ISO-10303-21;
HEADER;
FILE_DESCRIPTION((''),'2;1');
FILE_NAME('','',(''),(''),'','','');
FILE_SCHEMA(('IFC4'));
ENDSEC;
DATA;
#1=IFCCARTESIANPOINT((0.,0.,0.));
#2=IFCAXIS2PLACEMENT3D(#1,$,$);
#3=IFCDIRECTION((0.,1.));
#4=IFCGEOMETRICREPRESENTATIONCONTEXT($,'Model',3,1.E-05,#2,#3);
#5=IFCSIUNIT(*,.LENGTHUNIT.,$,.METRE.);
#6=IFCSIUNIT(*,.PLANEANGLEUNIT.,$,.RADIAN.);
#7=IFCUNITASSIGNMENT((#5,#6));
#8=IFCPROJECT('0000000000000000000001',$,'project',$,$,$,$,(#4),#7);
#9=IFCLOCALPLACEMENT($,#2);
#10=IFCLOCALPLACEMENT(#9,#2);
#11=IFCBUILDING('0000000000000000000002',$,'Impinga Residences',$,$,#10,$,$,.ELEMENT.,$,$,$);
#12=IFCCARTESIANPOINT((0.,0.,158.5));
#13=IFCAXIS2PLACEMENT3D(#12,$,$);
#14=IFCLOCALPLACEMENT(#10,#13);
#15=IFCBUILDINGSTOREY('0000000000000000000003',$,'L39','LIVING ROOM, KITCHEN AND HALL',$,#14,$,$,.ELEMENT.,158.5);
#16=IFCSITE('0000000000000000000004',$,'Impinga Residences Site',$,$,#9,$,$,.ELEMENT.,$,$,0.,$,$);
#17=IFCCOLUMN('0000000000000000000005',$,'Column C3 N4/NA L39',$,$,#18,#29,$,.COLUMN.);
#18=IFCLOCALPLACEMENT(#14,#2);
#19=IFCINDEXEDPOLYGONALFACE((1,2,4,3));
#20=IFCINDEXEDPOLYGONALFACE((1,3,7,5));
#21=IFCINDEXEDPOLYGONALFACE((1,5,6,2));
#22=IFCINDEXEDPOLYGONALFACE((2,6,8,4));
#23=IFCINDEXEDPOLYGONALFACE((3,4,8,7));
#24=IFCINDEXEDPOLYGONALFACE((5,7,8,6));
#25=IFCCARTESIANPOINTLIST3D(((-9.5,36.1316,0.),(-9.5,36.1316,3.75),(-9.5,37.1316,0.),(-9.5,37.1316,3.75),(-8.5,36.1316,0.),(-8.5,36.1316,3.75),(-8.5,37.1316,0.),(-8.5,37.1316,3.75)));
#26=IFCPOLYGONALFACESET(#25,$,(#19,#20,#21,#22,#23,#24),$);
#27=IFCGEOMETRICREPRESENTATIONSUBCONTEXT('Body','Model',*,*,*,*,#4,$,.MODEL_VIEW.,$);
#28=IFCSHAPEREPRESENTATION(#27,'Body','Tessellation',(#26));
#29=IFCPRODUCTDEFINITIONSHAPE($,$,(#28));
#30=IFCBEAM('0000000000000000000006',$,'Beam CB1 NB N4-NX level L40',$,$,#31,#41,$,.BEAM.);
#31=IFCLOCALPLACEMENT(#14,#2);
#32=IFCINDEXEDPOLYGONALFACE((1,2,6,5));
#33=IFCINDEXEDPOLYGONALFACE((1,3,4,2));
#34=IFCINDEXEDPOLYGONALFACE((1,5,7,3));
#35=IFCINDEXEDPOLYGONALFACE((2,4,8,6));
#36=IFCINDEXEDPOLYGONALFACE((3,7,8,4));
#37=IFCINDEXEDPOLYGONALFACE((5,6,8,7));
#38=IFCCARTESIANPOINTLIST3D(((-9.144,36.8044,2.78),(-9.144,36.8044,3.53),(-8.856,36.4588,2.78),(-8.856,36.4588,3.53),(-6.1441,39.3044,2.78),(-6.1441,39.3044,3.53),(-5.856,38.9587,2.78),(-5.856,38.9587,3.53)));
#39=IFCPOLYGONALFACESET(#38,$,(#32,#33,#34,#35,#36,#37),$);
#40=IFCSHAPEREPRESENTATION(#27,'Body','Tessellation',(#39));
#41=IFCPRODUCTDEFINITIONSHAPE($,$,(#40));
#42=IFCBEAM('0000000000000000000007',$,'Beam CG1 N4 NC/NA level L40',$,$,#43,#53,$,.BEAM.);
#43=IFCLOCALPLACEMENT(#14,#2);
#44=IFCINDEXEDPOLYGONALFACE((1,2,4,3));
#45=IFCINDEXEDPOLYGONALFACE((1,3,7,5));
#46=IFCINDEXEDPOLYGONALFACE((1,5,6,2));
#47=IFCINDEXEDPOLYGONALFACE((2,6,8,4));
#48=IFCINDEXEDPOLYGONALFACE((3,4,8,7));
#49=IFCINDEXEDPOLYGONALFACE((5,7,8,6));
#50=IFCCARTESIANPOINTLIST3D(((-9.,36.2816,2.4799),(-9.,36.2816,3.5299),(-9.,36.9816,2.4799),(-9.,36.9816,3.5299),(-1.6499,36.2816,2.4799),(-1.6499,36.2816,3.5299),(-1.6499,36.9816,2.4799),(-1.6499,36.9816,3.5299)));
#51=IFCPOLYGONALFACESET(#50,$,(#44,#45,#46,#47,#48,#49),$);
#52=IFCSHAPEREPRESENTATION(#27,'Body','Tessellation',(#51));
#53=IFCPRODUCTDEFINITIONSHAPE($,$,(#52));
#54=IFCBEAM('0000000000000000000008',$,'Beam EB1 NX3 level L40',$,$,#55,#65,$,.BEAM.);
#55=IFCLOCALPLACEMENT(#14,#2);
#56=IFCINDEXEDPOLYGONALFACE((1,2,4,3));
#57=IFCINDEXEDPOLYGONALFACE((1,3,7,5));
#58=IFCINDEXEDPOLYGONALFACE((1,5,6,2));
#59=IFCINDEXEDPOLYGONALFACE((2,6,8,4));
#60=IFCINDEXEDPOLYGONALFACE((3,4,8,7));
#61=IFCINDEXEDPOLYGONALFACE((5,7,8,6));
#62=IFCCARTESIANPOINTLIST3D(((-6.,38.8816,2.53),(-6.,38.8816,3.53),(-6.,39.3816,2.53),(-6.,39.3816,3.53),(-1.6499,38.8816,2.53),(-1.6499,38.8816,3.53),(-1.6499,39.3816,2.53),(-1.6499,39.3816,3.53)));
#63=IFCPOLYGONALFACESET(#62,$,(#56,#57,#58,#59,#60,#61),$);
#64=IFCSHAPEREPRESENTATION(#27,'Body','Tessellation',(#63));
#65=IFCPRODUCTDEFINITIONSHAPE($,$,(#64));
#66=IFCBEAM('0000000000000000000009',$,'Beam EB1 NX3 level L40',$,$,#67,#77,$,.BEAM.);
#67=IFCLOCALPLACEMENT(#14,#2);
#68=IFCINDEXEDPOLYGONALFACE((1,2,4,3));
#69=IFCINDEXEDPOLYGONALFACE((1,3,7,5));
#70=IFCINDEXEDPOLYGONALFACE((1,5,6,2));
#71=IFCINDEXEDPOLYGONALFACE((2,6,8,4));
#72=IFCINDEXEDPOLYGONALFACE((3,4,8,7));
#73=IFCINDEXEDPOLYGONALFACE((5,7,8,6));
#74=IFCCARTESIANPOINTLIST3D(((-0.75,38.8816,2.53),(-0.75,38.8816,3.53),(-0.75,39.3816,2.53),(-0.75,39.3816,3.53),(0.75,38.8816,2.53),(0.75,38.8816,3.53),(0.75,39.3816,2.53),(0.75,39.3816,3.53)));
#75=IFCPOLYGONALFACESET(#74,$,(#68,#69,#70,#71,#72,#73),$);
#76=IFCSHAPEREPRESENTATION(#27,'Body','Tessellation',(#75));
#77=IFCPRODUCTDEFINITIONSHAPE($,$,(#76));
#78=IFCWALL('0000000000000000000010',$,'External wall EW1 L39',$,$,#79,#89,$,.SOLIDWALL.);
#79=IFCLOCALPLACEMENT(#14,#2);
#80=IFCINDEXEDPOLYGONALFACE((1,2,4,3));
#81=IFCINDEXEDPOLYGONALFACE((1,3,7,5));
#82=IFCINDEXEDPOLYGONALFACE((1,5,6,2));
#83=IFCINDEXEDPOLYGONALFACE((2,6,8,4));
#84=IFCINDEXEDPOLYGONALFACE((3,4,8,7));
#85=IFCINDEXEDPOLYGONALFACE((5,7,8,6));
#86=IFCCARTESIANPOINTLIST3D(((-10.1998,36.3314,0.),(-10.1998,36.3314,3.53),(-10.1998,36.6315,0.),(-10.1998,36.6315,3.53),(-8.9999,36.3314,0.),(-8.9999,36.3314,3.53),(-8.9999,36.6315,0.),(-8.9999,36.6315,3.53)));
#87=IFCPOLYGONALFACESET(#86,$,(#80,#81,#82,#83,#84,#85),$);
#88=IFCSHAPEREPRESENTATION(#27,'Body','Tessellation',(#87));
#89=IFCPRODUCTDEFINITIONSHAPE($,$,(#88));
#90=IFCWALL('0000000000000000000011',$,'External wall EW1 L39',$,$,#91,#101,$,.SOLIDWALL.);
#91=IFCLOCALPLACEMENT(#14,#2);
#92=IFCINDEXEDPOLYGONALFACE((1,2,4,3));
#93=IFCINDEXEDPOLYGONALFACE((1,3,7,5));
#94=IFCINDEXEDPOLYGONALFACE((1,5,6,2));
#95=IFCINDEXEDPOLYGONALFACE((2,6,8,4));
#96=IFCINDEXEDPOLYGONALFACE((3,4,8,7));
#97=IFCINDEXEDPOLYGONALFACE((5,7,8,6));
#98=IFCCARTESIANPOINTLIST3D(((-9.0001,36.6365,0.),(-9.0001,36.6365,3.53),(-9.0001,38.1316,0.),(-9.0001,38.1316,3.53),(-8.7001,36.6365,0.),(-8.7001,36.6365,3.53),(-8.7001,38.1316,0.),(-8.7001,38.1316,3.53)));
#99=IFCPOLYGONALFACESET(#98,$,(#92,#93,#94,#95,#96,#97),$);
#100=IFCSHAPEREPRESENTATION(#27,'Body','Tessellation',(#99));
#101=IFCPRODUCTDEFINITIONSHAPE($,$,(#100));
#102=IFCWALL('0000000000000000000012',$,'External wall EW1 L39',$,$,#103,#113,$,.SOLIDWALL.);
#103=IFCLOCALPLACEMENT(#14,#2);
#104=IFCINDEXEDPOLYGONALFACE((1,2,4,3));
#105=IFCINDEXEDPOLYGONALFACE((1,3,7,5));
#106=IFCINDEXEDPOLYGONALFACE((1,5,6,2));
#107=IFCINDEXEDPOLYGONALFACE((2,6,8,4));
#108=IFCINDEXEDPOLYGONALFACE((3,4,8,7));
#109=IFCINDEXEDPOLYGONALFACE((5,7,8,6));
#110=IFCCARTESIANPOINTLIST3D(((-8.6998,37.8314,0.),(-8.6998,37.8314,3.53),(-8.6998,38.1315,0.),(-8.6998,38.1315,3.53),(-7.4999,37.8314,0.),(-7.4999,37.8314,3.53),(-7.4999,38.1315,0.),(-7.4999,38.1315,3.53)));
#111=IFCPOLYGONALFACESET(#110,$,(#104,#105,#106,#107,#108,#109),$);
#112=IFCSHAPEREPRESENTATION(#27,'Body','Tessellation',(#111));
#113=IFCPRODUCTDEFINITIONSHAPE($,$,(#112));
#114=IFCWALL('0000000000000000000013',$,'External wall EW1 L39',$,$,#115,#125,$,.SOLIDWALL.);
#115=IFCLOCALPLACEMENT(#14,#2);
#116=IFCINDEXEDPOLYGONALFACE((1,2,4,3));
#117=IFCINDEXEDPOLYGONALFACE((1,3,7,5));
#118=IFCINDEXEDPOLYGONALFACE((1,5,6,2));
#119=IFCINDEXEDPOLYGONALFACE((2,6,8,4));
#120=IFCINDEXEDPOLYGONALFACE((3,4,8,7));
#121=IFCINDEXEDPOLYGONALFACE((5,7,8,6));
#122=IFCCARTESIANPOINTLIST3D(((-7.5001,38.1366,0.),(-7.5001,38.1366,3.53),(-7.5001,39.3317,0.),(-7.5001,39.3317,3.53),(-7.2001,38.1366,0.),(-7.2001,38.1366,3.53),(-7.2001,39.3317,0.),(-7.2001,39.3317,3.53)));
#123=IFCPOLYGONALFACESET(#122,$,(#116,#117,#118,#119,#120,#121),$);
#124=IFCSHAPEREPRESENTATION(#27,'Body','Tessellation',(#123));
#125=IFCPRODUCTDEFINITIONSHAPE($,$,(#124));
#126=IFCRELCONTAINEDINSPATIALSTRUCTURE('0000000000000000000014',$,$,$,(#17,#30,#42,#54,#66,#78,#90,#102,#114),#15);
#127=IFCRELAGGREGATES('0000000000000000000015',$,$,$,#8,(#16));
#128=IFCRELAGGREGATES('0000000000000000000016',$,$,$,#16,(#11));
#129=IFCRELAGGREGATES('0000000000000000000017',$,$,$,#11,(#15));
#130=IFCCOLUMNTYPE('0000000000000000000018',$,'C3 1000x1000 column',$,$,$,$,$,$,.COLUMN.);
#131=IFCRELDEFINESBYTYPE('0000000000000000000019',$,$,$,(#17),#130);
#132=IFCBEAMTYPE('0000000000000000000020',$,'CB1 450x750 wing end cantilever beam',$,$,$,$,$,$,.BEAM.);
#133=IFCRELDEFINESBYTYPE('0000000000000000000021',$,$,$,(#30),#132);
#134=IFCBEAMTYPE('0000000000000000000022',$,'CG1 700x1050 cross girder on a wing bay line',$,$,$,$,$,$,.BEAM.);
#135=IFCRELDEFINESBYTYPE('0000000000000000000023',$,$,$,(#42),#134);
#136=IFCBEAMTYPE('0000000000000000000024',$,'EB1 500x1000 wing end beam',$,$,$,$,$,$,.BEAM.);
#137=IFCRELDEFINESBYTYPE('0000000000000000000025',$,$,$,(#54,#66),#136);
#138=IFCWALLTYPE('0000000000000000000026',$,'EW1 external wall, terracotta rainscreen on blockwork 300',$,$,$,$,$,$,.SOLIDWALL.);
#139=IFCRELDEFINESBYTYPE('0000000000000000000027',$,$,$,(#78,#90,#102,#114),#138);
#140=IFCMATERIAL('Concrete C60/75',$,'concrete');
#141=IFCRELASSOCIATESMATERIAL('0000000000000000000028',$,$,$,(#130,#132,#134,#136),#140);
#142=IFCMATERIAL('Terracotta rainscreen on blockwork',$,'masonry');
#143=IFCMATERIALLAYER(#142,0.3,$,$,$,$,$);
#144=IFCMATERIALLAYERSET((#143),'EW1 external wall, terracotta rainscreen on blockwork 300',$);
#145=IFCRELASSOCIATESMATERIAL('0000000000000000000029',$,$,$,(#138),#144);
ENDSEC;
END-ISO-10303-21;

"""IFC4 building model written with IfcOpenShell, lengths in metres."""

from ifc_helpers import new_model, si_unit, direction, frame, frame_2d, origin, origin_2d, place, context, subcontext, project, spatial, rectangle, extrude, material, layer, layer_set, material_profile, profile_set, type_object, element, save


model = new_model("IFC4")

# Units and contexts
model_context = context("Model", 3, precision=1e-05, world=origin(), true_north=direction((0.0, 1.0)))
body_context = subcontext(model_context, "Body", "Model", "MODEL_VIEW")
ifc_project = project(units=[si_unit("LENGTHUNIT", "METRE"), si_unit("PLANEANGLEUNIT", "RADIAN")], contexts=[model_context])

# Site, building, storey
site_placement = place(None, origin())
site = spatial("IfcSite", under=ifc_project, at=site_placement, Name="Impinga Residences Site", CompositionType="ELEMENT", RefElevation=0.0)
building_placement = place(site_placement, origin())
building = spatial("IfcBuilding", under=site, at=building_placement, Name="Impinga Residences", CompositionType="ELEMENT")
storey_placement = place(building_placement, frame((0.0, 0.0, 158.5)))
storey = spatial("IfcBuildingStorey", under=building, at=storey_placement, Name="L39", Description="LIVING ROOM, KITCHEN AND HALL", CompositionType="ELEMENT", Elevation=158.5)

# Column
ifc_material_1 = material(Name="Concrete C60/75", Category="concrete")
ifc_material_profile_1 = material_profile(ifc_material_1, rectangle(XDim=1.0, YDim=1.0, at=origin_2d()), Name="RC 1000x1000")
ifc_profile_set_1 = profile_set([ifc_material_profile_1], Name="Concrete C60/75")
column_type = type_object("IfcColumnType", Name="C3 1000x1000 column", PredefinedType="COLUMN", material=ifc_profile_set_1)
column_placement = place(storey_placement, frame((-9.0, 36.6316, 0.0), z_axis=(0.0, 0.0, 1.0), x_axis=(1.0, 0.0, 0.0)))
element("IfcColumn", 1, at=column_placement, inside=storey, type_object=column_type, Name="Column C3 N4/NA L39", PredefinedType="COLUMN", context=body_context, shape_type="SweptSolid", body=[
    extrude(rectangle(XDim=1.0, YDim=1.0, at=origin_2d()), origin(), (0.0, 0.0, 1.0), 3.75),
])

# Beams
ifc_material_profile_2 = material_profile(ifc_material_1, rectangle(XDim=0.45, YDim=0.75, at=origin_2d()), Name="RC 450x750")
ifc_profile_set_2 = profile_set([ifc_material_profile_2], Name="Concrete C60/75")
beam_type_1 = type_object("IfcBeamType", Name="CB1 450x750 wing end cantilever beam", PredefinedType="BEAM", material=ifc_profile_set_2)
beam_1_placement = place(storey_placement, frame((-9.0, 36.6316, 3.155), z_axis=(0.768221, 0.640184, 0.0), x_axis=(-0.640184, 0.768221, 0.0)))
element("IfcBeam", 2, at=beam_1_placement, inside=storey, type_object=beam_type_1, Name="Beam CB1 NB N4-NX level L40", PredefinedType="BEAM", context=body_context, shape_type="SweptSolid", body=[
    extrude(rectangle(XDim=0.45, YDim=0.75, at=origin_2d()), origin(), (0.0, 0.0, 1.0), 3.905),
])
ifc_material_profile_3 = material_profile(ifc_material_1, rectangle(XDim=0.7, YDim=1.05, at=origin_2d()), Name="RC 700x1050")
ifc_profile_set_3 = profile_set([ifc_material_profile_3], Name="Concrete C60/75")
beam_type_2 = type_object("IfcBeamType", Name="CG1 700x1050 cross girder on a wing bay line", PredefinedType="BEAM", material=ifc_profile_set_3)
beam_2_placement = place(storey_placement, frame((-1.6499, 36.6316, 3.0049), z_axis=(-1.0, 0.0, 0.0), x_axis=(0.0, -1.0, 0.0)))
element("IfcBeam", 3, at=beam_2_placement, inside=storey, type_object=beam_type_2, Name="Beam CG1 N4 NC/NA level L40", PredefinedType="BEAM", context=body_context, shape_type="SweptSolid", body=[
    extrude(rectangle(XDim=0.7, YDim=1.05, at=origin_2d()), origin(), (0.0, 0.0, 1.0), 7.3501),
])
ifc_material_profile_4 = material_profile(ifc_material_1, rectangle(XDim=0.5, YDim=1.0, at=origin_2d()), Name="RC 500x1000")
ifc_profile_set_4 = profile_set([ifc_material_profile_4], Name="Concrete C60/75")
beam_type_3 = type_object("IfcBeamType", Name="EB1 500x1000 wing end beam", PredefinedType="BEAM", material=ifc_profile_set_4)
beam_3_placement = place(storey_placement, frame((-6.0, 39.1316, 3.03), z_axis=(1.0, 0.0, 0.0), x_axis=(0.0, 1.0, 0.0)))
element("IfcBeam", 4, at=beam_3_placement, inside=storey, type_object=beam_type_3, Name="Beam EB1 NX3 level L40", PredefinedType="BEAM", context=body_context, shape_type="SweptSolid", body=[
    extrude(rectangle(XDim=0.5, YDim=1.0, at=origin_2d()), origin(), (0.0, 0.0, 1.0), 4.3501),
])
beam_4_placement = place(storey_placement, frame((-0.75, 39.1316, 3.03), z_axis=(1.0, 0.0, 0.0), x_axis=(0.0, 1.0, 0.0)))
element("IfcBeam", 5, at=beam_4_placement, inside=storey, type_object=beam_type_3, Name="Beam EB1 NX3 level L40", PredefinedType="BEAM", context=body_context, shape_type="SweptSolid", body=[
    extrude(rectangle(XDim=0.5, YDim=1.0, at=origin_2d()), origin(), (0.0, 0.0, 1.0), 1.5),
])

# Walls
ifc_material_2 = material(Name="Terracotta rainscreen on blockwork", Category="masonry")
ifc_layer_1 = layer(ifc_material_2, 0.3)
ifc_layer_set_1 = layer_set([ifc_layer_1], Name="EW1 external wall, terracotta rainscreen on blockwork 300")
wall_type_1 = type_object("IfcWallType", Name="EW1 external wall, terracotta rainscreen on blockwork 300", PredefinedType="SOLIDWALL", material=ifc_layer_set_1)
wall_1_placement = place(storey_placement, frame((-10.2, 36.4814, 0.0), z_axis=(0.0, 0.0, 1.0), x_axis=(1.0, 0.0, 0.0)))
element("IfcWall", 6, at=wall_1_placement, inside=storey, type_object=wall_type_1, Name="External wall EW1 L39", PredefinedType="SOLIDWALL", context=body_context, shape_type="SweptSolid", body=[
    extrude(rectangle(XDim=1.2, YDim=0.3, at=frame_2d((0.6001, 0.0))), origin(), (0.0, 0.0, 1.0), 3.53),
])
wall_2_placement = place(storey_placement, frame((-8.8501, 36.6365, 0.0), z_axis=(0.0, 0.0, 1.0), x_axis=(0.0, 1.0, 0.0)))
element("IfcWall", 7, at=wall_2_placement, inside=storey, type_object=wall_type_1, Name="External wall EW1 L39", PredefinedType="SOLIDWALL", context=body_context, shape_type="SweptSolid", body=[
    extrude(rectangle(XDim=1.4951, YDim=0.3, at=frame_2d((0.7476, 0.0))), origin(), (0.0, 0.0, 1.0), 3.53),
])
wall_3_placement = place(storey_placement, frame((-8.7, 37.9814, 0.0), z_axis=(0.0, 0.0, 1.0), x_axis=(1.0, 0.0, 0.0)))
element("IfcWall", 8, at=wall_3_placement, inside=storey, type_object=wall_type_1, Name="External wall EW1 L39", PredefinedType="SOLIDWALL", context=body_context, shape_type="SweptSolid", body=[
    extrude(rectangle(XDim=1.2, YDim=0.3, at=frame_2d((0.6001, 0.0))), origin(), (0.0, 0.0, 1.0), 3.53),
])
wall_4_placement = place(storey_placement, frame((-7.3501, 38.1365, 0.0), z_axis=(0.0, 0.0, 1.0), x_axis=(0.0, 1.0, 0.0)))
element("IfcWall", 9, at=wall_4_placement, inside=storey, type_object=wall_type_1, Name="External wall EW1 L39", PredefinedType="SOLIDWALL", context=body_context, shape_type="SweptSolid", body=[
    extrude(rectangle(XDim=1.1951, YDim=0.3, at=frame_2d((0.5977, 0.0))), origin(), (0.0, 0.0, 1.0), 3.53),
])

save(model, "model.ifc")
